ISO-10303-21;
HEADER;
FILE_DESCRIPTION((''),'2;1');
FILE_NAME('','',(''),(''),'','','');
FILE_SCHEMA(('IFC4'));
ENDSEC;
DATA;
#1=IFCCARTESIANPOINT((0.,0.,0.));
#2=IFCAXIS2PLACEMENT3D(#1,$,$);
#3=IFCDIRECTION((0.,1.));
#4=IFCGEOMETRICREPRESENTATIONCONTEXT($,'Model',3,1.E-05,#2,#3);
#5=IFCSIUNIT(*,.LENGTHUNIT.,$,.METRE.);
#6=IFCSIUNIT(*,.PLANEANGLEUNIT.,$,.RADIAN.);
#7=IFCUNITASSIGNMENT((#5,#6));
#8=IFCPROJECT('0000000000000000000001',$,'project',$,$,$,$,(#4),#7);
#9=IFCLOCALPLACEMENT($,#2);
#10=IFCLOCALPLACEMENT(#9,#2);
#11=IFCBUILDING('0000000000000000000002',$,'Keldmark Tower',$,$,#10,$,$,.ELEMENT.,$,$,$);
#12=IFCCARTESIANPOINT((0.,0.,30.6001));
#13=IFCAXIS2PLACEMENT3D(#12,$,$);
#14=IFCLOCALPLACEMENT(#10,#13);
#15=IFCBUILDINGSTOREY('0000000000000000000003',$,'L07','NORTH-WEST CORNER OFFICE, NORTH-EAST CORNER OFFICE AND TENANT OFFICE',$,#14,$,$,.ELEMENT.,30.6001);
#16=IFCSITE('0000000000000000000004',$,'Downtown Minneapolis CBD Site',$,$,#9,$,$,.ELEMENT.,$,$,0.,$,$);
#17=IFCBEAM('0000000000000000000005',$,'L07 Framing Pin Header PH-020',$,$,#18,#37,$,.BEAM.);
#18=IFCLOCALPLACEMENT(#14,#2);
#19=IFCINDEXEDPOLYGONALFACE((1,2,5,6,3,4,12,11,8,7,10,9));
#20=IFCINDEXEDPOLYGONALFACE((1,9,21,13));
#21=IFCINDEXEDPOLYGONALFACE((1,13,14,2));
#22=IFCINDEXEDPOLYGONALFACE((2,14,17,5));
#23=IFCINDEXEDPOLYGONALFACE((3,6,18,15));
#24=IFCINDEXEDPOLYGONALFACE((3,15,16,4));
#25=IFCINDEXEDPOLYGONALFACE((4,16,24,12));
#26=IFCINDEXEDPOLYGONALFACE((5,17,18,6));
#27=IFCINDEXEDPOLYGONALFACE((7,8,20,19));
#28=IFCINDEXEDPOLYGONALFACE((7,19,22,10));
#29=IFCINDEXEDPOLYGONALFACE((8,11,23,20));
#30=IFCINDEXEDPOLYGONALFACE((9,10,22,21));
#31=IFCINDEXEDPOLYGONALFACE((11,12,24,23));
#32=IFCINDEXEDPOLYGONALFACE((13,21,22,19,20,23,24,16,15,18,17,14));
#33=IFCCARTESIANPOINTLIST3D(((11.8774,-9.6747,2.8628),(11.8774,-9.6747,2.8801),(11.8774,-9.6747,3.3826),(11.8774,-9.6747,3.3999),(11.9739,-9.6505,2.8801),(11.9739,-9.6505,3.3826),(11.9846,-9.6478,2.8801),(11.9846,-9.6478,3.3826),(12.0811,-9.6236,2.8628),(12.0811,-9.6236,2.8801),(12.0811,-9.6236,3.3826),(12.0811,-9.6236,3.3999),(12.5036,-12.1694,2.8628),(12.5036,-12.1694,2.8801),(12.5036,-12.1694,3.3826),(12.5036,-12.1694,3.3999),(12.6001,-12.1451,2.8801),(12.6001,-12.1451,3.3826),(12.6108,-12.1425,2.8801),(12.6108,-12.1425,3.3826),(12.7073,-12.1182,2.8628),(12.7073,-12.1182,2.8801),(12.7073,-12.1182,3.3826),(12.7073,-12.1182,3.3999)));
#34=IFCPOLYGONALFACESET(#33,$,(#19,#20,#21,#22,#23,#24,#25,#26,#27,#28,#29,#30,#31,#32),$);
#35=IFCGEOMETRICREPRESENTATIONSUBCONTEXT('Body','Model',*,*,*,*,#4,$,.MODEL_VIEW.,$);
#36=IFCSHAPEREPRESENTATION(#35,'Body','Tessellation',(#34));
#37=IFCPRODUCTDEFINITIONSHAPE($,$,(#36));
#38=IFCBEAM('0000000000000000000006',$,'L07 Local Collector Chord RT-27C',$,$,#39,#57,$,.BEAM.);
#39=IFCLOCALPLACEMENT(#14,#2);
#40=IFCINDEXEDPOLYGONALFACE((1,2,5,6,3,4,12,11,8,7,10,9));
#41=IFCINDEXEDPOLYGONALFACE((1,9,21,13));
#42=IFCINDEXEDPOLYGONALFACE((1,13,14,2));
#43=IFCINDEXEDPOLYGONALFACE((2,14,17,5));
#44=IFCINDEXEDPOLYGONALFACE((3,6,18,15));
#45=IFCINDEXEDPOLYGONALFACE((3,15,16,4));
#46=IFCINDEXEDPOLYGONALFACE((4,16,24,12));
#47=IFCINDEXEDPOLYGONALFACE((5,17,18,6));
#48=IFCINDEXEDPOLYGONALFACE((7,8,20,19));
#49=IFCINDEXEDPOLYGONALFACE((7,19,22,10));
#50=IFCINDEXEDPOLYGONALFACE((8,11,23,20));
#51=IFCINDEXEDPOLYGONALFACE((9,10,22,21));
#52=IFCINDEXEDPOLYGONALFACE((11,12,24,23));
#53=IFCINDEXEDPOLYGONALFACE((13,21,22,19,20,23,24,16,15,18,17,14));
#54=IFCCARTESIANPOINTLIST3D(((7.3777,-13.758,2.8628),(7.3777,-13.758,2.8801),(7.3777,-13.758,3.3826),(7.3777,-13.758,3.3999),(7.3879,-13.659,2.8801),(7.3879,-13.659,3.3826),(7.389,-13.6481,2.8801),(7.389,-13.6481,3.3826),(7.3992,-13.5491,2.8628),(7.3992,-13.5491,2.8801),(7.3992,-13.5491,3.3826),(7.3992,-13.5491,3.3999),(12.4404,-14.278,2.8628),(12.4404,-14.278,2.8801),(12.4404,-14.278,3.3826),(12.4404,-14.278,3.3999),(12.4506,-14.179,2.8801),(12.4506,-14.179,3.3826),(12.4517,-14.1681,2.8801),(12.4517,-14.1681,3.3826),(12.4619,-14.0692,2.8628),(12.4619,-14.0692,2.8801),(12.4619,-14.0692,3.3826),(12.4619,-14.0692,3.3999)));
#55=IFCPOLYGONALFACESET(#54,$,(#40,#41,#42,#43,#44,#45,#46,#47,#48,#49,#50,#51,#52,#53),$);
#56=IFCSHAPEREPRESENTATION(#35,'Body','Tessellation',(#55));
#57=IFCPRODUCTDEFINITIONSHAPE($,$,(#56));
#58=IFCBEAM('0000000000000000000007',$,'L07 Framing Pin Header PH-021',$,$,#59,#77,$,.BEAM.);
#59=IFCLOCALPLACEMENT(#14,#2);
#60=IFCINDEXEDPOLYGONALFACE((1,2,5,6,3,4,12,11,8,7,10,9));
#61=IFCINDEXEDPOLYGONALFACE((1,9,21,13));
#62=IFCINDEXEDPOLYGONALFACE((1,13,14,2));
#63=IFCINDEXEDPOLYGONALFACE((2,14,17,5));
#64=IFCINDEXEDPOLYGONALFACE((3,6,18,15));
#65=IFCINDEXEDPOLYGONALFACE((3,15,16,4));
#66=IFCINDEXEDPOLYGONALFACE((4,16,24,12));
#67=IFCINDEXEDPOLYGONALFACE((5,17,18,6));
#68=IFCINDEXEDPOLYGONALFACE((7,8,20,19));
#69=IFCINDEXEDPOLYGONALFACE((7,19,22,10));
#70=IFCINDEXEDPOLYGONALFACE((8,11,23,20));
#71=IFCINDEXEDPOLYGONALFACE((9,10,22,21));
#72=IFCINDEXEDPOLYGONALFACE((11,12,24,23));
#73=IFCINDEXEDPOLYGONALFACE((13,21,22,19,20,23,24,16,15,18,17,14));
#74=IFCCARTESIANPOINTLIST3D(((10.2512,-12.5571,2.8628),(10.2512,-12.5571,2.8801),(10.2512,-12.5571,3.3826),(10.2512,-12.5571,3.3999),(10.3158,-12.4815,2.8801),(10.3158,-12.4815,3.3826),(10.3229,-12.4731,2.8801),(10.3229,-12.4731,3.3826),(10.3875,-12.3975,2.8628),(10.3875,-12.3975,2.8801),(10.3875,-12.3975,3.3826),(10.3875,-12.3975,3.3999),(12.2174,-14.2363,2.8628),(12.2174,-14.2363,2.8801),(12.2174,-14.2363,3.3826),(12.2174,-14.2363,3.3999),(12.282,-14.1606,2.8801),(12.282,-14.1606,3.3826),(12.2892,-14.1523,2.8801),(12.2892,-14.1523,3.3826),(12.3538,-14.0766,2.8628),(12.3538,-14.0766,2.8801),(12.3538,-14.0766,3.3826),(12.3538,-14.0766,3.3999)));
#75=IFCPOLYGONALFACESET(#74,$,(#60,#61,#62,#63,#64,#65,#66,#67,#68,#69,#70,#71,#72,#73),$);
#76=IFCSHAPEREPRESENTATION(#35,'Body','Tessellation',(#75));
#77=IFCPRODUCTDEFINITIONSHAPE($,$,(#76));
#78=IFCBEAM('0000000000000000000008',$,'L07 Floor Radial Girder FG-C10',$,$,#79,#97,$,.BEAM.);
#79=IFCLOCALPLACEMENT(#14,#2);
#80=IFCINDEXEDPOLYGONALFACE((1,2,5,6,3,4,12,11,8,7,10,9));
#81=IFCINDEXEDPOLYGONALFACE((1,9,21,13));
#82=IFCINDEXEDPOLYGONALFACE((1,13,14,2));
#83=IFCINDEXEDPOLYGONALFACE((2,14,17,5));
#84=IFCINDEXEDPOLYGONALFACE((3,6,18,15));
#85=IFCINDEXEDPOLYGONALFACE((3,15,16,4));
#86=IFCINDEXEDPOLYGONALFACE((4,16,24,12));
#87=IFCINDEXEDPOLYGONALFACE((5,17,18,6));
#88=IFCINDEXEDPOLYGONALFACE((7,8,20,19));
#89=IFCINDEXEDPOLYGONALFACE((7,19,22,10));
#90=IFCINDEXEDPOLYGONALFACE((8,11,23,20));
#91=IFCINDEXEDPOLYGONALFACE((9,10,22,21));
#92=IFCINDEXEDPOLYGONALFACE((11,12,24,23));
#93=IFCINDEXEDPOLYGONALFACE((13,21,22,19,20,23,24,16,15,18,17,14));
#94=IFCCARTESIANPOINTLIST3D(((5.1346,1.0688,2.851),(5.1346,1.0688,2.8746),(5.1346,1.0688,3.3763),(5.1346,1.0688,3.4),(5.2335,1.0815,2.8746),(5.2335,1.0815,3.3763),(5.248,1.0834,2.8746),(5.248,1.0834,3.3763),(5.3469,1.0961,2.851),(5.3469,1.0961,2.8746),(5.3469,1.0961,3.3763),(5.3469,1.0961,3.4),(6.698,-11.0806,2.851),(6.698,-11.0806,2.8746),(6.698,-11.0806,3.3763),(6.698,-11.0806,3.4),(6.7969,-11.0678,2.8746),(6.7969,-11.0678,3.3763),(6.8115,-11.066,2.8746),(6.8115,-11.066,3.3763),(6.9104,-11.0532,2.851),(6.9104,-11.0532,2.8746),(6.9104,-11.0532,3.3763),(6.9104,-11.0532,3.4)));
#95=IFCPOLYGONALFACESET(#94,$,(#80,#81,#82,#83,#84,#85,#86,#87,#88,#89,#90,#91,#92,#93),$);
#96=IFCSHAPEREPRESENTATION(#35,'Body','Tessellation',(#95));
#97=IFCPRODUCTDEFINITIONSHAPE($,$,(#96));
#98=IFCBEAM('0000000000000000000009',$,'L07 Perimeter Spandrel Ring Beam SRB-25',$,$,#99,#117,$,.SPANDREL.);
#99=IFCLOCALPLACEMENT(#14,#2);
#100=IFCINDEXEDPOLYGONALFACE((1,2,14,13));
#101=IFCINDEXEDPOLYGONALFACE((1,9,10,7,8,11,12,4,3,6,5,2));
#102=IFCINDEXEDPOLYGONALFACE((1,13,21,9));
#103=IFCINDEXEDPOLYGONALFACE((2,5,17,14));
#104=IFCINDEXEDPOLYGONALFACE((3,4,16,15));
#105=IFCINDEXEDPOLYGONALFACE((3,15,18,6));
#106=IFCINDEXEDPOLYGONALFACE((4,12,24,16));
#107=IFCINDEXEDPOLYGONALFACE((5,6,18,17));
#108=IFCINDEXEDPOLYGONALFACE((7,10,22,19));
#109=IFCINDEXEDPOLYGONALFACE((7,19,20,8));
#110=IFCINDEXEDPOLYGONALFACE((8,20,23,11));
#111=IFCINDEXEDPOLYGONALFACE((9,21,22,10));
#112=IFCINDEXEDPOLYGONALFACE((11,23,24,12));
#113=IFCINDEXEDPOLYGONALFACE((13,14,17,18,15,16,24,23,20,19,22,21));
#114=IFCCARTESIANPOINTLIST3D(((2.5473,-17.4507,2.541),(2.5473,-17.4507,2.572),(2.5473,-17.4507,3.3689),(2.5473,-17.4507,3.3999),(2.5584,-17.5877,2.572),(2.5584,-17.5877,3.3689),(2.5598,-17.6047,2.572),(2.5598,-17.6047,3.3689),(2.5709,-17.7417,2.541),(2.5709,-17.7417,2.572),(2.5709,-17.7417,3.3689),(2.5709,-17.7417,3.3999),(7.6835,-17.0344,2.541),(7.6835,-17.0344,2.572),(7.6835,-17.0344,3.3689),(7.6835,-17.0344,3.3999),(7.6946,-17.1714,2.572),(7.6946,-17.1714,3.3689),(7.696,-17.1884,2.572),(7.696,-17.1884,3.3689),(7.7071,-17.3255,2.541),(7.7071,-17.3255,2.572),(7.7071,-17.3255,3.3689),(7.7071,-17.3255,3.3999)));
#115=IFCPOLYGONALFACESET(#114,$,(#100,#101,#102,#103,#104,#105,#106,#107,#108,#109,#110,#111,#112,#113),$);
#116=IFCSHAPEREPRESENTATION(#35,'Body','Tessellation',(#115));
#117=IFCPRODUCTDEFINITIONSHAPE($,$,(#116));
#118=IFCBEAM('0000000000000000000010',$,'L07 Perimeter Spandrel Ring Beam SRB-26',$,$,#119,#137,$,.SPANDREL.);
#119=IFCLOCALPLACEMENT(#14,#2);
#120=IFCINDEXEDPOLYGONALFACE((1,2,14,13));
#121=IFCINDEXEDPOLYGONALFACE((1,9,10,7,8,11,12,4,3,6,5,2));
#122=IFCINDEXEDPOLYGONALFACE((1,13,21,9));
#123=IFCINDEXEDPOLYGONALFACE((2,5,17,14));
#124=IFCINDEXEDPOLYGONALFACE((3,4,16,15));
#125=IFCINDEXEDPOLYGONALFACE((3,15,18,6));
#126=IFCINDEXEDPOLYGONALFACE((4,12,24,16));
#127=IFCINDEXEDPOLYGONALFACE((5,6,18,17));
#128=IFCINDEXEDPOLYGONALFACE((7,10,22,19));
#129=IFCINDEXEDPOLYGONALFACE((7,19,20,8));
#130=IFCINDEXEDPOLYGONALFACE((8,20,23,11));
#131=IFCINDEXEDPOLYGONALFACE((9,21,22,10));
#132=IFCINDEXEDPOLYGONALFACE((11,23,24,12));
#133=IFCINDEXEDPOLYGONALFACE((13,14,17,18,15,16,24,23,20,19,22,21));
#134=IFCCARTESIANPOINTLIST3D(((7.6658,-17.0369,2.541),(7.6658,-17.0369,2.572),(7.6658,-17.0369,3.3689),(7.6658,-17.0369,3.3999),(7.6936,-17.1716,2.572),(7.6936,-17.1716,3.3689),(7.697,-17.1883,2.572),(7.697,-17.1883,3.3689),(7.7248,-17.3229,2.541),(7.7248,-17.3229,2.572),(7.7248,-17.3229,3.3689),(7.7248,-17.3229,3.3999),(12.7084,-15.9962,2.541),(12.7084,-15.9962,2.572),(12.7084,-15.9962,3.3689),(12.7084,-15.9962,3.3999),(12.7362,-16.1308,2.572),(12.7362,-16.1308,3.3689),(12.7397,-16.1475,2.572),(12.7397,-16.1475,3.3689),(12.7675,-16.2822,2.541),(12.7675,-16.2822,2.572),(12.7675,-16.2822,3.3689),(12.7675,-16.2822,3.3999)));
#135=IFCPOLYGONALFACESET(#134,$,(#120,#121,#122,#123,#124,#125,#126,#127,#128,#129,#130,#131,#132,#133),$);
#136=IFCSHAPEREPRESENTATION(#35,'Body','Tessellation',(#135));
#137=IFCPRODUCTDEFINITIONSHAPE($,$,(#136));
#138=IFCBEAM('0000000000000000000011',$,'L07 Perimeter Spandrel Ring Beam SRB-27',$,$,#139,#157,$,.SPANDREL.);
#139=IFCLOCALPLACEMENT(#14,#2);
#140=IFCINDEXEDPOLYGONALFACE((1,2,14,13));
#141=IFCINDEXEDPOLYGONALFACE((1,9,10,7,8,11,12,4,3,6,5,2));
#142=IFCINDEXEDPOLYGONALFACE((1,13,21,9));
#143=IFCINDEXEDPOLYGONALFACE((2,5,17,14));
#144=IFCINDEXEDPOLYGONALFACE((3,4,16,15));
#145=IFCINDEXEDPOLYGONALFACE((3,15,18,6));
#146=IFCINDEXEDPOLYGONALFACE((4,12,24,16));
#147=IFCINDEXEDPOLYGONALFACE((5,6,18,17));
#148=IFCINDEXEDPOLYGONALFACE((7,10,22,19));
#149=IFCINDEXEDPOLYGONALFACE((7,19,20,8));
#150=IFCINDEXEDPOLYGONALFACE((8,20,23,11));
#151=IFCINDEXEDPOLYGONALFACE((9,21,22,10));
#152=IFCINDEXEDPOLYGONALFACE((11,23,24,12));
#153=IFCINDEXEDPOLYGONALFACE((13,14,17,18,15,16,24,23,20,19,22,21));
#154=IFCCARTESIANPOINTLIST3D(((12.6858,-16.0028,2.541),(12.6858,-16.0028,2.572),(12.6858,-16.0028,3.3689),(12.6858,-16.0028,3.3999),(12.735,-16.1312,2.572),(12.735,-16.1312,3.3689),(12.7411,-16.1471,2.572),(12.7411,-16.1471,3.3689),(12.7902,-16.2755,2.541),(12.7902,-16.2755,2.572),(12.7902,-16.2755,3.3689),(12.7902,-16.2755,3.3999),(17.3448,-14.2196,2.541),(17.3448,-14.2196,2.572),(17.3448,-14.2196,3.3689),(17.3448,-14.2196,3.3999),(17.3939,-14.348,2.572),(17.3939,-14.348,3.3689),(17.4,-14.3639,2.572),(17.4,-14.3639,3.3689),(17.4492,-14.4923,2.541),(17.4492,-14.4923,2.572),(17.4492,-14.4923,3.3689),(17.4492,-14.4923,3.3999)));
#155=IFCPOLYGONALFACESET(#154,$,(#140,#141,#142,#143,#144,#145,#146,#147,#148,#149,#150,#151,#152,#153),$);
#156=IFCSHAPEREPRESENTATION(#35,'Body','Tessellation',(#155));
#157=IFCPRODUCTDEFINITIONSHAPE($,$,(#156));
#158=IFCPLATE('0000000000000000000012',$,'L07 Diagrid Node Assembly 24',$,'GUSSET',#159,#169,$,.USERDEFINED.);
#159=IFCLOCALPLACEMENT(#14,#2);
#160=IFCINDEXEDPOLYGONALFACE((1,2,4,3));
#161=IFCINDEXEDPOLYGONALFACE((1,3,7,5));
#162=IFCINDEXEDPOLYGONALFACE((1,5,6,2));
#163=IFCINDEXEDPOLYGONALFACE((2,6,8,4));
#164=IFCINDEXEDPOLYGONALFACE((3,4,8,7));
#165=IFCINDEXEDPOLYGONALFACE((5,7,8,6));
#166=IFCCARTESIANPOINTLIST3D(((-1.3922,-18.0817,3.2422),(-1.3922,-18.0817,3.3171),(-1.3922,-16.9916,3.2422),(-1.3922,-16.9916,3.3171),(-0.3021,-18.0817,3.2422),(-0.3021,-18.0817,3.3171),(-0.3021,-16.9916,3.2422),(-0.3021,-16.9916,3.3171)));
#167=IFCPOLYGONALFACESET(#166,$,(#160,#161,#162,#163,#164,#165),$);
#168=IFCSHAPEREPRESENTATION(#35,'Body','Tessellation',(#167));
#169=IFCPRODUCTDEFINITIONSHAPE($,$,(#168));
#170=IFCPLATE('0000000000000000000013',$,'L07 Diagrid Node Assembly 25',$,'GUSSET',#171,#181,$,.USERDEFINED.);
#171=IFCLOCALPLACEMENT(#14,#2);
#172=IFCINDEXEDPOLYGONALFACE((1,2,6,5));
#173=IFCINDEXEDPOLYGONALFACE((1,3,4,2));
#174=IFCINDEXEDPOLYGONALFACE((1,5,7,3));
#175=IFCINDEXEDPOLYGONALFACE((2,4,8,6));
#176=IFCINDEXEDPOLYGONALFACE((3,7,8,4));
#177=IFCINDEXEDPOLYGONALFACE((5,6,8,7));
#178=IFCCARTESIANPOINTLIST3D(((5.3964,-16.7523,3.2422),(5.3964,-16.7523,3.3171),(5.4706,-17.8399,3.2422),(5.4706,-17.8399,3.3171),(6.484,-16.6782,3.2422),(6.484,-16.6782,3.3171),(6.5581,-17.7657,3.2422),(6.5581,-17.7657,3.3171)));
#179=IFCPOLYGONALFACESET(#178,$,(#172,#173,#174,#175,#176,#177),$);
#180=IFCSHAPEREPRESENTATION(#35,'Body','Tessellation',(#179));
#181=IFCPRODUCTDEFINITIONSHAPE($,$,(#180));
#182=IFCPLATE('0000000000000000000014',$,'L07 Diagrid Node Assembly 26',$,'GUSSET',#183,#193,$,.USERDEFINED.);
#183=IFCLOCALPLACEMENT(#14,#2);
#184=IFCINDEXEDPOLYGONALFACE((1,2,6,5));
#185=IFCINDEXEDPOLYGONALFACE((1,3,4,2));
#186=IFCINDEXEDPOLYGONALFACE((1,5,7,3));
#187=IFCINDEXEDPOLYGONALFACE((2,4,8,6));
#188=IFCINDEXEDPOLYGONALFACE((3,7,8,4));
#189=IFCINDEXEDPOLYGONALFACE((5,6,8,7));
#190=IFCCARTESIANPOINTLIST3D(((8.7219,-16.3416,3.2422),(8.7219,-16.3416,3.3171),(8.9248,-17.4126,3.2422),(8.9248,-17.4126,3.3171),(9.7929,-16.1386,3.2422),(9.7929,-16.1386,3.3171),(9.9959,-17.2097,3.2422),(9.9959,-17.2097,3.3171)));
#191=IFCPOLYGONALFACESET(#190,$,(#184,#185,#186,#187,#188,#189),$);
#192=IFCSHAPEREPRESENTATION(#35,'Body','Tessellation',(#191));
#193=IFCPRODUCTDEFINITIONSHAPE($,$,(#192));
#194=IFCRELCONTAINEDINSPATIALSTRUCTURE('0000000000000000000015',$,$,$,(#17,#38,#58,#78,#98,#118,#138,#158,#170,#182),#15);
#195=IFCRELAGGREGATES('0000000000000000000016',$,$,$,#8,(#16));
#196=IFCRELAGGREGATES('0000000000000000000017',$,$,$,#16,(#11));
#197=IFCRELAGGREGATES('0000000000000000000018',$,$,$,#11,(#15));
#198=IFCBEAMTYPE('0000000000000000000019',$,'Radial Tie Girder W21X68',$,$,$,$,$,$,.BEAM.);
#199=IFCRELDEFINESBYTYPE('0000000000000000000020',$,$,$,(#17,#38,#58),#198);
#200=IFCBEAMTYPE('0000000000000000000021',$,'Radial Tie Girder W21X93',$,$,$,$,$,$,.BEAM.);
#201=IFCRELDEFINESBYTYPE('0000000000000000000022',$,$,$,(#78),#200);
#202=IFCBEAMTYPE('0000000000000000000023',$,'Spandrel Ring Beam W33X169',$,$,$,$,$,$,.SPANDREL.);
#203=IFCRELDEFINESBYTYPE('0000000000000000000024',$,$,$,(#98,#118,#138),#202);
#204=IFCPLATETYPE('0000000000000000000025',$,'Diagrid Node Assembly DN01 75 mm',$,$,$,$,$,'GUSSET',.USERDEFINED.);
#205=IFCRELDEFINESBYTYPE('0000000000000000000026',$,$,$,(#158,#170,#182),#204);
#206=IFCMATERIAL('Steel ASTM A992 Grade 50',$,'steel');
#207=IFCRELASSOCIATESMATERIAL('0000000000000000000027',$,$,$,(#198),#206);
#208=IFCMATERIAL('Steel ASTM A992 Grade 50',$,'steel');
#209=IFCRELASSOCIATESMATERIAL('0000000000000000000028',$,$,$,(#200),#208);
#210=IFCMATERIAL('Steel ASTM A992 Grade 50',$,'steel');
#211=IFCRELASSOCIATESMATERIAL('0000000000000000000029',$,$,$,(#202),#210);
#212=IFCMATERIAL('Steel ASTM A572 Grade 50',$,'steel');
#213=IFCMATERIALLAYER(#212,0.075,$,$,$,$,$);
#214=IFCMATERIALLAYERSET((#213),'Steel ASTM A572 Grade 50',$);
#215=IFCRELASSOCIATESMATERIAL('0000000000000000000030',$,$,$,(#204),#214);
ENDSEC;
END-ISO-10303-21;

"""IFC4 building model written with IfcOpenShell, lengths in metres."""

from ifc_helpers import new_model, si_unit, direction, frame, origin, origin_2d, place, context, subcontext, project, spatial, rectangle, i_section, extrude, material, layer, layer_set, material_profile, profile_set, type_object, element, save


model = new_model("IFC4")

# Units and contexts
model_context = context("Model", 3, precision=1e-05, world=origin(), true_north=direction((0.0, 1.0)))
body_context = subcontext(model_context, "Body", "Model", "MODEL_VIEW")
ifc_project = project(units=[si_unit("LENGTHUNIT", "METRE"), si_unit("PLANEANGLEUNIT", "RADIAN")], contexts=[model_context])

# Site, building, storey
site_placement = place(None, origin())
site = spatial("IfcSite", under=ifc_project, at=site_placement, Name="Downtown Minneapolis CBD Site", CompositionType="ELEMENT", RefElevation=0.0)
building_placement = place(site_placement, origin())
building = spatial("IfcBuilding", under=site, at=building_placement, Name="Keldmark Tower", CompositionType="ELEMENT")
storey_placement = place(building_placement, frame((0.0, 0.0, 30.6001)))
storey = spatial("IfcBuildingStorey", under=building, at=storey_placement, Name="L07", Description="NORTH-WEST CORNER OFFICE, NORTH-EAST CORNER OFFICE AND TENANT OFFICE", CompositionType="ELEMENT", Elevation=30.6001)

# Beams
ifc_material_1 = material(Name="Steel ASTM A992 Grade 50", Category="steel")
ifc_material_profile_1 = material_profile(ifc_material_1, i_section(OverallWidth=0.21, OverallDepth=0.5371, WebThickness=0.011, FlangeThickness=0.0173, at=origin_2d()), Name="W21X68")
ifc_profile_set_1 = profile_set([ifc_material_profile_1], Name="Steel ASTM A992 Grade 50")
beam_type_1 = type_object("IfcBeamType", Name="Radial Tie Girder W21X68", PredefinedType="BEAM", material=ifc_profile_set_1)
beam_1_placement = place(storey_placement, frame((11.9792, -9.6492, 3.1313), z_axis=(0.243474, -0.969908, 0.0), x_axis=(0.969908, 0.243474, 0.0)))
element("IfcBeam", 1, at=beam_1_placement, inside=storey, type_object=beam_type_1, Name="L07 Framing Pin Header PH-020", PredefinedType="BEAM", context=body_context, shape_type="SweptSolid", body=[
    extrude(i_section(OverallWidth=0.21, OverallDepth=0.5371, WebThickness=0.011, FlangeThickness=0.0173, at=origin_2d()), origin(), (0.0, 0.0, 1.0), 2.572),
])
beam_2_placement = place(storey_placement, frame((7.3884, -13.6536, 3.1313), z_axis=(0.994766, -0.102177, 0.0), x_axis=(0.102177, 0.994766, 0.0)))
element("IfcBeam", 2, at=beam_2_placement, inside=storey, type_object=beam_type_1, Name="L07 Local Collector Chord RT-27C", PredefinedType="BEAM", context=body_context, shape_type="SweptSolid", body=[
    extrude(i_section(OverallWidth=0.21, OverallDepth=0.5371, WebThickness=0.011, FlangeThickness=0.0173, at=origin_2d()), origin(), (0.0, 0.0, 1.0), 5.0894),
])
beam_3_placement = place(storey_placement, frame((10.3193, -12.4773, 3.1313), z_axis=(0.760442, -0.649406, 0.0), x_axis=(0.649406, 0.760442, 0.0)))
element("IfcBeam", 3, at=beam_3_placement, inside=storey, type_object=beam_type_1, Name="L07 Framing Pin Header PH-021", PredefinedType="BEAM", context=body_context, shape_type="SweptSolid", body=[
    extrude(i_section(OverallWidth=0.21, OverallDepth=0.5371, WebThickness=0.011, FlangeThickness=0.0173, at=origin_2d()), origin(), (0.0, 0.0, 1.0), 2.5857),
])
ifc_material_2 = material(Name="Steel ASTM A992 Grade 50", Category="steel")
ifc_material_profile_2 = material_profile(ifc_material_2, i_section(OverallWidth=0.2141, OverallDepth=0.5491, WebThickness=0.0146, FlangeThickness=0.0237, at=origin_2d()), Name="W21X93")
ifc_profile_set_2 = profile_set([ifc_material_profile_2], Name="Steel ASTM A992 Grade 50")
beam_type_2 = type_object("IfcBeamType", Name="Radial Tie Girder W21X93", PredefinedType="BEAM", material=ifc_profile_set_2)
beam_4_placement = place(storey_placement, frame((6.8042, -11.0669, 3.1255), z_axis=(-0.127635, 0.991821, 0.0), x_axis=(-0.991821, -0.127635, 0.0)))
element("IfcBeam", 4, at=beam_4_placement, inside=storey, type_object=beam_type_2, Name="L07 Floor Radial Girder FG-C10", PredefinedType="BEAM", context=body_context, shape_type="SweptSolid", body=[
    extrude(i_section(OverallWidth=0.2141, OverallDepth=0.5491, WebThickness=0.0146, FlangeThickness=0.0237, at=origin_2d()), origin(), (0.0, 0.0, 1.0), 12.2495),
])
ifc_material_3 = material(Name="Steel ASTM A992 Grade 50", Category="steel")
ifc_material_profile_3 = material_profile(ifc_material_3, i_section(OverallWidth=0.292, OverallDepth=0.8589, WebThickness=0.0171, FlangeThickness=0.031, at=origin_2d()), Name="W33X169")
ifc_profile_set_3 = profile_set([ifc_material_profile_3], Name="Steel ASTM A992 Grade 50")
beam_type_3 = type_object("IfcBeamType", Name="Spandrel Ring Beam W33X169", PredefinedType="SPANDREL", material=ifc_profile_set_3)
beam_5_placement = place(storey_placement, frame((2.5591, -17.5962, 2.9705), z_axis=(0.996732, 0.080779, 0.0), x_axis=(-0.080779, 0.996732, 0.0)))
element("IfcBeam", 5, at=beam_5_placement, inside=storey, type_object=beam_type_3, Name="L07 Perimeter Spandrel Ring Beam SRB-25", PredefinedType="SPANDREL", context=body_context, shape_type="SweptSolid", body=[
    extrude(i_section(OverallWidth=0.292, OverallDepth=0.8589, WebThickness=0.0171, FlangeThickness=0.031, at=origin_2d()), origin(), (0.0, 0.0, 1.0), 5.1531),
])
beam_6_placement = place(storey_placement, frame((7.6953, -17.1799, 2.9705), z_axis=(0.979359, 0.202131, 0.0), x_axis=(-0.202131, 0.979359, 0.0)))
element("IfcBeam", 6, at=beam_6_placement, inside=storey, type_object=beam_type_3, Name="L07 Perimeter Spandrel Ring Beam SRB-26", PredefinedType="SPANDREL", context=body_context, shape_type="SweptSolid", body=[
    extrude(i_section(OverallWidth=0.292, OverallDepth=0.8589, WebThickness=0.0171, FlangeThickness=0.031, at=origin_2d()), origin(), (0.0, 0.0, 1.0), 5.1489),
])
beam_7_placement = place(storey_placement, frame((12.738, -16.1392, 2.9705), z_axis=(0.933928, 0.35746, 0.0), x_axis=(-0.35746, 0.933928, 0.0)))
element("IfcBeam", 7, at=beam_7_placement, inside=storey, type_object=beam_type_3, Name="L07 Perimeter Spandrel Ring Beam SRB-27", PredefinedType="SPANDREL", context=body_context, shape_type="SweptSolid", body=[
    extrude(i_section(OverallWidth=0.292, OverallDepth=0.8589, WebThickness=0.0171, FlangeThickness=0.031, at=origin_2d()), origin(), (0.0, 0.0, 1.0), 4.9885),
])

# Plates
ifc_material_4 = material(Name="Steel ASTM A572 Grade 50", Category="steel")
ifc_layer_1 = layer(ifc_material_4, 0.075)
ifc_layer_set_1 = layer_set([ifc_layer_1], Name="Steel ASTM A572 Grade 50")
plate_type = type_object("IfcPlateType", Name="Diagrid Node Assembly DN01 75 mm", ElementType="GUSSET", PredefinedType="USERDEFINED", material=ifc_layer_set_1)
for number, where, z_axis, x_axis, name in (
    (8, (-0.8472, -17.5366, 3.2422), (0.0, 0.0, 1.0), (1.0, 0.0, 0.0), "L07 Diagrid Node Assembly 24"),
    (9, (5.9773, -17.259, 3.2422), (0.0, 0.0, 1.0), (0.997684, 0.068015, 0.0), "L07 Diagrid Node Assembly 25"),
    (10, (9.3589, -16.7756, 3.2422), (0.0, 0.0, 1.0), (0.982515, 0.186181, 0.0), "L07 Diagrid Node Assembly 26"),
):
    element("IfcPlate", number, at=place(storey_placement, frame(where, z_axis=z_axis, x_axis=x_axis)), inside=storey, type_object=plate_type, Name=name, ObjectType="GUSSET", PredefinedType="USERDEFINED", context=body_context, shape_type="SweptSolid", body=[
        extrude(rectangle(XDim=1.0901, YDim=1.0901, at=origin_2d()), origin(), (0.0, 0.0, 1.0), 0.075),
    ])

save(model, "model.ifc")
